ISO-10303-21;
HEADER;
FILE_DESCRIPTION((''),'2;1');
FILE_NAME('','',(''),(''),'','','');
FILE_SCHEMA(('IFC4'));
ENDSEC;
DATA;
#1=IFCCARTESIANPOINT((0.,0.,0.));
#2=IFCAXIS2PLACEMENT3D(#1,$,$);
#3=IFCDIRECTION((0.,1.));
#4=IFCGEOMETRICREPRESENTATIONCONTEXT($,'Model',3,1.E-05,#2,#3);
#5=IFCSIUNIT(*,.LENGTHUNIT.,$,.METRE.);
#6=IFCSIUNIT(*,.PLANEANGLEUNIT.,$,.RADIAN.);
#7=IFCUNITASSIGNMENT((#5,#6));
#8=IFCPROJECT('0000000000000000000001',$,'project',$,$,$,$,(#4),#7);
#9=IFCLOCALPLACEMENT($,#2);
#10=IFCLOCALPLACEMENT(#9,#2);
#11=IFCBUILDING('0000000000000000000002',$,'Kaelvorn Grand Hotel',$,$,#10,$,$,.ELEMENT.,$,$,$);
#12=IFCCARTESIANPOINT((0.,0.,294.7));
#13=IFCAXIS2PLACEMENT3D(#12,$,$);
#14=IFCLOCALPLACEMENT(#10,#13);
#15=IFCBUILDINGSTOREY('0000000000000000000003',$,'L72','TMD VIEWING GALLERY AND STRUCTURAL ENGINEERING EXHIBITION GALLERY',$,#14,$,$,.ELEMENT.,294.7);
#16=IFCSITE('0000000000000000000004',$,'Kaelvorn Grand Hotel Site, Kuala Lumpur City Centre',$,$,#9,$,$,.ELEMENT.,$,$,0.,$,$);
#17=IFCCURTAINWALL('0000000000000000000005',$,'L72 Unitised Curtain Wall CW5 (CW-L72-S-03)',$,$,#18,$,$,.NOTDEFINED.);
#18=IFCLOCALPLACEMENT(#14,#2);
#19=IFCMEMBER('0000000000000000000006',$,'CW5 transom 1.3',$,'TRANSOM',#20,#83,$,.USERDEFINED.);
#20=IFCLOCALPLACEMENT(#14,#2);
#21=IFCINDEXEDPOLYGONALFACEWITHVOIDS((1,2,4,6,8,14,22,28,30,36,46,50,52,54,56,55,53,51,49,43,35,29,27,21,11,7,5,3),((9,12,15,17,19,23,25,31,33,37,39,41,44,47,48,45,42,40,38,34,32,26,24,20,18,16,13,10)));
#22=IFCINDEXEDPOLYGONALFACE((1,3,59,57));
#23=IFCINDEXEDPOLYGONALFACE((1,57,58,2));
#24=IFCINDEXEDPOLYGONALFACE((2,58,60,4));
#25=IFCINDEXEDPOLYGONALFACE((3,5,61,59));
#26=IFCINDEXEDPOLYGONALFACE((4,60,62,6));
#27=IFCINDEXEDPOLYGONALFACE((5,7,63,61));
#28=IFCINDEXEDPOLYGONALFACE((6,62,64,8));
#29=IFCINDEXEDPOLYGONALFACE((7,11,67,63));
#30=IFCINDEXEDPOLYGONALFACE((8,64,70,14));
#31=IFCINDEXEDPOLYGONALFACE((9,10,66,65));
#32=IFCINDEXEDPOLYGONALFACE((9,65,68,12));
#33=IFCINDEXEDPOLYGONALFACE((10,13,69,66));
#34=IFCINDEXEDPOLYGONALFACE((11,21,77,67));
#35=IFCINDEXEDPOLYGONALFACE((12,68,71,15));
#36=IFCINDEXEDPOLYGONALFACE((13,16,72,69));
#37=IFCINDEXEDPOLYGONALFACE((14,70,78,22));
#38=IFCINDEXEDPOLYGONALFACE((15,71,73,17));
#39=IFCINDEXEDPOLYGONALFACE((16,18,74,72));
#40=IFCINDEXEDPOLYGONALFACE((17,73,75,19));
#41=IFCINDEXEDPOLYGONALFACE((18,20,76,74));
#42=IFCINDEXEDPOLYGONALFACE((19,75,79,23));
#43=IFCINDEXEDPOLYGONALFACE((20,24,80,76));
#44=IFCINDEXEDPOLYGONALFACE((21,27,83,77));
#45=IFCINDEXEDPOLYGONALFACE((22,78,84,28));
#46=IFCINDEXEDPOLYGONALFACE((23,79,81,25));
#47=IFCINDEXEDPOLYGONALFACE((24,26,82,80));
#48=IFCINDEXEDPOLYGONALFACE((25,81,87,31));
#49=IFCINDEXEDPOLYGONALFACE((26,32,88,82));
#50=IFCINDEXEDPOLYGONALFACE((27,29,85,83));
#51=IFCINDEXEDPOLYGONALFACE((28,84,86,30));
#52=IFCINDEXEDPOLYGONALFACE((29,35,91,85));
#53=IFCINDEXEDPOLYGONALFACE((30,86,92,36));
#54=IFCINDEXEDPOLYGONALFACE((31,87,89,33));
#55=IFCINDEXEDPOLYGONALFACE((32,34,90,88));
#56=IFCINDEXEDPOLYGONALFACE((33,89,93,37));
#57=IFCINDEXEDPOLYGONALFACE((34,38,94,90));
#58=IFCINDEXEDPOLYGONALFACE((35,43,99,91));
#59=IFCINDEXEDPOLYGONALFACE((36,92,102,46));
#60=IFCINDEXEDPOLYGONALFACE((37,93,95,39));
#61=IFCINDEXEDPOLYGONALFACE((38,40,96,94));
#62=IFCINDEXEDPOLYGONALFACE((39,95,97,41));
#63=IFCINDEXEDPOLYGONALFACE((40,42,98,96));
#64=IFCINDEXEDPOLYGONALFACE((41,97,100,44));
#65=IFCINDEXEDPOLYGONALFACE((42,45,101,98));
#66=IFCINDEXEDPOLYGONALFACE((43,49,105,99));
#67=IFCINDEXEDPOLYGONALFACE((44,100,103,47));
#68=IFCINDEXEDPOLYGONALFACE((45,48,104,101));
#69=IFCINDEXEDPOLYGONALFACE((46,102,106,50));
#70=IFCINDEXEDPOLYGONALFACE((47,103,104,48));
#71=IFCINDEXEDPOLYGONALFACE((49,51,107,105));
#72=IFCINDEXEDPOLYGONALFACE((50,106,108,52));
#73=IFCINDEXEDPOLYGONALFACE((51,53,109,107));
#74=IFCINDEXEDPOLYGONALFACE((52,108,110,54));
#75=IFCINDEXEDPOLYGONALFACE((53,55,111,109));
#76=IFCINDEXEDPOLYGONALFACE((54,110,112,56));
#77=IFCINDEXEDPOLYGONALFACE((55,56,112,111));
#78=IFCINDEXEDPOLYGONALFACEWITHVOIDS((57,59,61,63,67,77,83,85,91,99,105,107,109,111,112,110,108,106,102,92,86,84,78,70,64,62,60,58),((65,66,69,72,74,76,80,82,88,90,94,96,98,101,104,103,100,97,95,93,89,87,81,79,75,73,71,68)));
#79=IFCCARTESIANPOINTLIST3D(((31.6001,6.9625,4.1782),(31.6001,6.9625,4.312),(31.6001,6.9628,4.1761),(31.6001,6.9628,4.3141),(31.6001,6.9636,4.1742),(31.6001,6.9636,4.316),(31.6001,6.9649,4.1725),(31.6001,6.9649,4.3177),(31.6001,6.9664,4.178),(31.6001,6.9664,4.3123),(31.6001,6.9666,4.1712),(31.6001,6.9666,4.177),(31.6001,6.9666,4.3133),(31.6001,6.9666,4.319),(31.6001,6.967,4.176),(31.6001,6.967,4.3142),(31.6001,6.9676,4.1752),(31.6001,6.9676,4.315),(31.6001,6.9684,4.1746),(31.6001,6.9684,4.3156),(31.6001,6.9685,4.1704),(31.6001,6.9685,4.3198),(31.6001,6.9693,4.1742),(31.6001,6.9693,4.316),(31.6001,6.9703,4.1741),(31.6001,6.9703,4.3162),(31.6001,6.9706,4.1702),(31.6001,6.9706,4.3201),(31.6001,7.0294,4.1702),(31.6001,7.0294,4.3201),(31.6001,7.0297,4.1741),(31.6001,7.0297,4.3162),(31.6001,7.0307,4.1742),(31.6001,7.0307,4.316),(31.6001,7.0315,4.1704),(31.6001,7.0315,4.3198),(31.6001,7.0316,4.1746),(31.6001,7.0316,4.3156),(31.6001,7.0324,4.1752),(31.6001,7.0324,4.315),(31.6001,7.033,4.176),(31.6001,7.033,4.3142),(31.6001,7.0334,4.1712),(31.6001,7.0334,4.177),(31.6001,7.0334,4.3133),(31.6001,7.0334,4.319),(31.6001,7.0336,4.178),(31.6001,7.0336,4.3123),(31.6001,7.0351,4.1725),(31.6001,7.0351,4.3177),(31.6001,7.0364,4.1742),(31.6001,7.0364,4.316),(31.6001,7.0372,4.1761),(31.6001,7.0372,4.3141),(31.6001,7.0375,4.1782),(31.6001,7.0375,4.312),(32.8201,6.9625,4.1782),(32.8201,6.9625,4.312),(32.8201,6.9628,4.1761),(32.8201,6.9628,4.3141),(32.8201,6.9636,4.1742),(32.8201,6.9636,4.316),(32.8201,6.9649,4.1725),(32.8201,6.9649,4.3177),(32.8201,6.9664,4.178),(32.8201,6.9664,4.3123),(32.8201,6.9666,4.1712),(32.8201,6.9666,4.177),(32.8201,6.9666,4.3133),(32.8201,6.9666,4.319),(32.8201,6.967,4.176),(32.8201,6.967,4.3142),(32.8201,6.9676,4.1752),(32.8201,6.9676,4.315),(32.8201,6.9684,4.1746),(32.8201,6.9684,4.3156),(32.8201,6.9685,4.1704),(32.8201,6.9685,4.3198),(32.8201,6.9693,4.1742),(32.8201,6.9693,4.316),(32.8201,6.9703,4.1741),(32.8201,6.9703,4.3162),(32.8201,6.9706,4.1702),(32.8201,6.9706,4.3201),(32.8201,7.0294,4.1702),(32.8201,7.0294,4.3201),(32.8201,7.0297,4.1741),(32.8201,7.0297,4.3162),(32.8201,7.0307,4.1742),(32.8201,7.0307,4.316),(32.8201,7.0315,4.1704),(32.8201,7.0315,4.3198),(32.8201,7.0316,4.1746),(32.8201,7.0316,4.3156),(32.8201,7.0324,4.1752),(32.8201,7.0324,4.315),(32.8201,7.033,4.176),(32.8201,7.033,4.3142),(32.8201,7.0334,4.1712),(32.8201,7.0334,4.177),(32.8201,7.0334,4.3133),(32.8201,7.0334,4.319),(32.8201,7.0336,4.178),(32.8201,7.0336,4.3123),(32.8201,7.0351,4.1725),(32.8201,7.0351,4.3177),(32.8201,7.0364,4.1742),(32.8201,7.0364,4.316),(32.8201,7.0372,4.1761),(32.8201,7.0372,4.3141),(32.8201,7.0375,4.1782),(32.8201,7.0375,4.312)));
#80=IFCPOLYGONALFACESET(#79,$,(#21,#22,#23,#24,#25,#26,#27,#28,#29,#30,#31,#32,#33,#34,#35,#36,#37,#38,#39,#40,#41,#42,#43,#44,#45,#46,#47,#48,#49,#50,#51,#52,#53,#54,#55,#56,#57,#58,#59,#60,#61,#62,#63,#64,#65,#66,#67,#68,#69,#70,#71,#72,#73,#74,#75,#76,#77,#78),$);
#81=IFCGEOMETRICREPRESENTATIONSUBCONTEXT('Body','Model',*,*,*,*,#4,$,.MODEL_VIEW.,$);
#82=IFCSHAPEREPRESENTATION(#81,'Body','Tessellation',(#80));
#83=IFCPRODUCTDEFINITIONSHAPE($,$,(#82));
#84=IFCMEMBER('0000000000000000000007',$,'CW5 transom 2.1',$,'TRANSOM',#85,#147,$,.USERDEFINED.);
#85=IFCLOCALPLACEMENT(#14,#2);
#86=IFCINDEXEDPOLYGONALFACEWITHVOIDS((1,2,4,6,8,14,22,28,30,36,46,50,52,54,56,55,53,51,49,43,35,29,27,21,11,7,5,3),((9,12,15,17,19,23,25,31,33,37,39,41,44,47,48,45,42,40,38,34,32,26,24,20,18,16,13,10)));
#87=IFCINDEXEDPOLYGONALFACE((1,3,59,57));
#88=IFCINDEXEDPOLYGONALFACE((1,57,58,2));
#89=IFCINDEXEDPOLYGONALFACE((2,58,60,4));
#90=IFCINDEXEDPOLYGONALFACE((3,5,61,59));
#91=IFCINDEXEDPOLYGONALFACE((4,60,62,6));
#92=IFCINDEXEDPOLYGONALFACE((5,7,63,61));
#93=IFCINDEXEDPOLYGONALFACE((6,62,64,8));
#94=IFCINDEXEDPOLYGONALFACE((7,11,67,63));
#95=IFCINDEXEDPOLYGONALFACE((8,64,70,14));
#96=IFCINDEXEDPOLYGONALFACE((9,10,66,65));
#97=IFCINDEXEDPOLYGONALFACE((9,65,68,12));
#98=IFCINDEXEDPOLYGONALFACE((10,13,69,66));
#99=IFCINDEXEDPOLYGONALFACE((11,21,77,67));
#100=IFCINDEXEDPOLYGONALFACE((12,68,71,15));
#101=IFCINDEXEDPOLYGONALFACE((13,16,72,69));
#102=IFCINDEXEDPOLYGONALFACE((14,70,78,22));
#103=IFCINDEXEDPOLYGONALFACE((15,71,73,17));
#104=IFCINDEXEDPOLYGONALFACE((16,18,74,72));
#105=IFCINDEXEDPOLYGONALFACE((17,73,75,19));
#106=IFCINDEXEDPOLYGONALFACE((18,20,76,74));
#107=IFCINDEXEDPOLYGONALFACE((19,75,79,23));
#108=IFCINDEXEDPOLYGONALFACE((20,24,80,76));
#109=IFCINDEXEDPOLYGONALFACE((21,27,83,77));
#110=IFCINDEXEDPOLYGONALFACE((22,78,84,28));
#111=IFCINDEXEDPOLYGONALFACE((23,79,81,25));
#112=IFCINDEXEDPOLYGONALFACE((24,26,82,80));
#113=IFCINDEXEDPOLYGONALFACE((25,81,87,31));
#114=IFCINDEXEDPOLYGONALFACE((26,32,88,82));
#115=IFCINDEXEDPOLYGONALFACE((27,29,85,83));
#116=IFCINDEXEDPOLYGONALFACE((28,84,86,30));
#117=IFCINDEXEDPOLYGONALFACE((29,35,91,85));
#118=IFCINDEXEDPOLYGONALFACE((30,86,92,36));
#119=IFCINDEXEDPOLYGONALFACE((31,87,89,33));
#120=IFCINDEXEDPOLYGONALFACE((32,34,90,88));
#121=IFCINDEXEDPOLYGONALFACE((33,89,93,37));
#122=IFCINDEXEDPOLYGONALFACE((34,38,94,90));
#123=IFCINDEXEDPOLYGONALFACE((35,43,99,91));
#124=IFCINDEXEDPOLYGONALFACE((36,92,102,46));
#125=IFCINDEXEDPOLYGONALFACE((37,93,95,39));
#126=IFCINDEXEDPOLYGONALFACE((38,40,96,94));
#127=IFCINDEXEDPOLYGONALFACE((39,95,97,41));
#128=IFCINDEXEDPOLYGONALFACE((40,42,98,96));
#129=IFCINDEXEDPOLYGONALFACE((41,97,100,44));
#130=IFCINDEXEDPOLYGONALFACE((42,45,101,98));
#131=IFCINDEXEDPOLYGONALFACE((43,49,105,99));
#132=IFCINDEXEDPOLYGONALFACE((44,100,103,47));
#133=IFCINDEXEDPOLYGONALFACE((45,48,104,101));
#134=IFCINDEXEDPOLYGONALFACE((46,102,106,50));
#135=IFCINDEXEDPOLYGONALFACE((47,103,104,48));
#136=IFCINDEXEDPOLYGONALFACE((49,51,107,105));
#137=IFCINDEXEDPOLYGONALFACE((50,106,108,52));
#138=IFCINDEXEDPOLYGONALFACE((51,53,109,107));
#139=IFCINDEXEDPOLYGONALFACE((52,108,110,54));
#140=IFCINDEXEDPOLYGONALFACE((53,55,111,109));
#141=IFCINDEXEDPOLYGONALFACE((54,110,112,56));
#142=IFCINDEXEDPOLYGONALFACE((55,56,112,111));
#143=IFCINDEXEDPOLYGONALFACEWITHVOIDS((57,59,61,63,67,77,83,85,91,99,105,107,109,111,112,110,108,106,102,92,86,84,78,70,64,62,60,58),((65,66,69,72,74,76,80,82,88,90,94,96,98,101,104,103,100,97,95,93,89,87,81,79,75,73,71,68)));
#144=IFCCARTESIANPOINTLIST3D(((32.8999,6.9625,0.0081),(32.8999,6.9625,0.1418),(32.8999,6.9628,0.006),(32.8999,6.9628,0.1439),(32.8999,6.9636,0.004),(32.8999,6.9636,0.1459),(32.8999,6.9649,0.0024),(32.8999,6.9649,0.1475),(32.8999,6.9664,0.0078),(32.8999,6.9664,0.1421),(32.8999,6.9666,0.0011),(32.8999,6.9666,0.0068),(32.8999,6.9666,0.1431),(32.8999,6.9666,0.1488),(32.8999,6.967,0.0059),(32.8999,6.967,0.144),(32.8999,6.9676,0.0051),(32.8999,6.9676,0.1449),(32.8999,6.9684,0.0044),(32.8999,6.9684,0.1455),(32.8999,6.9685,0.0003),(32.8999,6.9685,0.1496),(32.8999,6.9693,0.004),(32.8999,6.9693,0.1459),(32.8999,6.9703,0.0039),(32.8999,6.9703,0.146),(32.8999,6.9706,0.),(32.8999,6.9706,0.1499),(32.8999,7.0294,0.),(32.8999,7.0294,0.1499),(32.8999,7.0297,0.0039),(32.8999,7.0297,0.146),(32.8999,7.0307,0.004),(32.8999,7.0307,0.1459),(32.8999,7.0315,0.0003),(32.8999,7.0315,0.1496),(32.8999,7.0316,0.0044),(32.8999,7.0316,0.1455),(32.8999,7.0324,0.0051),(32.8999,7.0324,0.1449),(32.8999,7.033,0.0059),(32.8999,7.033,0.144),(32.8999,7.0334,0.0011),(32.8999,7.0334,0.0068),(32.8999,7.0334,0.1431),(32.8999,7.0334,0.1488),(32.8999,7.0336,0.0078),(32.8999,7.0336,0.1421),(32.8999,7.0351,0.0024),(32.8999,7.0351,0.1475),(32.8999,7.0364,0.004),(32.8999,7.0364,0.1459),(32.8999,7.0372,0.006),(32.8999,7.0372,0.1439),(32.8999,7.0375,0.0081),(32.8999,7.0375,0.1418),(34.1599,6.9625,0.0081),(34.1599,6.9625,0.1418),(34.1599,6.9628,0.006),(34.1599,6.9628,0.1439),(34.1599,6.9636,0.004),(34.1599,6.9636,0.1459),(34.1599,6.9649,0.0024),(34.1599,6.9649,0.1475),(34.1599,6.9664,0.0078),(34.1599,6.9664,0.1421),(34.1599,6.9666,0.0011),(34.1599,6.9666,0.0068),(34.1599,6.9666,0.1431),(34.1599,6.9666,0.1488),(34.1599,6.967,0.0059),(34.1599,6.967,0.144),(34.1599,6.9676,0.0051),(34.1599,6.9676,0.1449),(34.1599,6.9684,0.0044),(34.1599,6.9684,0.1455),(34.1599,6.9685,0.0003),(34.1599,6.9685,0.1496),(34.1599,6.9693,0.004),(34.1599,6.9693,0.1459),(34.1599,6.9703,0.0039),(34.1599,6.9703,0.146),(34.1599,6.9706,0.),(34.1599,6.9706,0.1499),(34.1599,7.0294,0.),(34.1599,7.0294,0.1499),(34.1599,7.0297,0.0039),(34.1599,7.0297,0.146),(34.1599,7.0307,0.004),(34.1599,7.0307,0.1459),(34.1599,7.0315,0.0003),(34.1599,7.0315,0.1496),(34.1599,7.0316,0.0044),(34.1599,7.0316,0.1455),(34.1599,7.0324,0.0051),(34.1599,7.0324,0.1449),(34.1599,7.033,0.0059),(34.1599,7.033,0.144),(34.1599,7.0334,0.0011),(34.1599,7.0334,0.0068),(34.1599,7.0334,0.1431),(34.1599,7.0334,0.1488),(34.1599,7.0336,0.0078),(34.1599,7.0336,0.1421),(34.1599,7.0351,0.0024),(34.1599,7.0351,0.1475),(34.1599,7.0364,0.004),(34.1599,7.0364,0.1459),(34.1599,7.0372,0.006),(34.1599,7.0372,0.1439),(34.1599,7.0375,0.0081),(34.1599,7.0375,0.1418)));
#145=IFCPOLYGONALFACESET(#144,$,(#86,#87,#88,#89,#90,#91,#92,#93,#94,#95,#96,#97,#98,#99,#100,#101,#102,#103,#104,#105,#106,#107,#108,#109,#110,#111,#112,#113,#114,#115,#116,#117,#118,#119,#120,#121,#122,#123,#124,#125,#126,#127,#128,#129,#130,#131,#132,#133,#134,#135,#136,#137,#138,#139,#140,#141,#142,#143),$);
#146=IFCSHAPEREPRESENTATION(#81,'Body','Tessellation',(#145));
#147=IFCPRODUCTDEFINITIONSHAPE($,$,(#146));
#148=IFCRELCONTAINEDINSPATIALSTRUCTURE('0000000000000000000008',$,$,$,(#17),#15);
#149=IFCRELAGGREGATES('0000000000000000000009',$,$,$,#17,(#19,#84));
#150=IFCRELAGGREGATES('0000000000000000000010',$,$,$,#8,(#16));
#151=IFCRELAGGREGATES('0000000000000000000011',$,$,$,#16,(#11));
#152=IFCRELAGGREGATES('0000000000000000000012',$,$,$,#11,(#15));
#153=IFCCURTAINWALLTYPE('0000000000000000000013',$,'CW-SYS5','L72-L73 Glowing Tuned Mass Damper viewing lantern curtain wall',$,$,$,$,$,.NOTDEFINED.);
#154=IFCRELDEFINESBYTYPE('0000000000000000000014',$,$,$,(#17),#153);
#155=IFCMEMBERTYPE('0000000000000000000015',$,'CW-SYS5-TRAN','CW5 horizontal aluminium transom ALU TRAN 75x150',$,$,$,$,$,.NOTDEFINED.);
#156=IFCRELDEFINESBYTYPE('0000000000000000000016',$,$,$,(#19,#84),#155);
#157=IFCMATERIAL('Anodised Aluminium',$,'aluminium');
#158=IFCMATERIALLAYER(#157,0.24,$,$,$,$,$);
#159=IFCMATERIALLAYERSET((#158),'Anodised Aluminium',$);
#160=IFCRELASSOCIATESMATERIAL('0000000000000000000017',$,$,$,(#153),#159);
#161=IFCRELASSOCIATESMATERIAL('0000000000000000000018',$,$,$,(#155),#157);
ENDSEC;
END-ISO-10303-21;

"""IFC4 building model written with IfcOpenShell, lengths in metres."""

from ifc_helpers import new_model, si_unit, direction, frame, origin, origin_2d, place, context, subcontext, project, spatial, hollow_rectangle, extrude, material, layer, layer_set, material_profile, profile_set, type_object, element, aggregate, save


model = new_model("IFC4")

# Units and contexts
model_context = context("Model", 3, precision=1e-05, world=origin(), true_north=direction((0.0, 1.0)))
body_context = subcontext(model_context, "Body", "Model", "MODEL_VIEW")
ifc_project = project(units=[si_unit("LENGTHUNIT", "METRE"), si_unit("PLANEANGLEUNIT", "RADIAN")], contexts=[model_context])

# Site, building, storey
site_placement = place(None, origin())
site = spatial("IfcSite", under=ifc_project, at=site_placement, Name="Kaelvorn Grand Hotel Site, Kuala Lumpur City Centre", CompositionType="ELEMENT", RefElevation=0.0)
building_placement = place(site_placement, origin())
building = spatial("IfcBuilding", under=site, at=building_placement, Name="Kaelvorn Grand Hotel", CompositionType="ELEMENT")
storey_placement = place(building_placement, frame((0.0, 0.0, 294.7)))
storey = spatial("IfcBuildingStorey", under=building, at=storey_placement, Name="L72", Description="TMD VIEWING GALLERY AND STRUCTURAL ENGINEERING EXHIBITION GALLERY", CompositionType="ELEMENT", Elevation=294.7)

# Shared definitions
ifc_material_1 = material(Name="Anodised Aluminium", Category="aluminium")
ifc_layer_1 = layer(ifc_material_1, 0.24)
ifc_layer_set_1 = layer_set([ifc_layer_1], Name="Anodised Aluminium")
curtain_wall_type = type_object("IfcCurtainWallType", Name="CW-SYS5", Description="L72-L73 Glowing Tuned Mass Damper viewing lantern curtain wall", PredefinedType="NOTDEFINED", material=ifc_layer_set_1)

# Curtain wall
curtain_wall_1_placement = place(storey_placement, origin())
curtain_wall_1 = element("IfcCurtainWall", 1, at=curtain_wall_1_placement, inside=storey, type_object=curtain_wall_type, Name="L72 Unitised Curtain Wall CW5 (CW-L72-S-03)", PredefinedType="NOTDEFINED")

# Members
ifc_material_profile_1 = material_profile(ifc_material_1, hollow_rectangle(XDim=0.075, YDim=0.1499, WallThickness=0.0039, InnerFilletRadius=0.0039, OuterFilletRadius=0.0081, at=origin_2d()), Name="ALU TRAN 75x150")
ifc_profile_set_1 = profile_set([ifc_material_profile_1], Name="Anodised Aluminium")
member_type_1 = type_object("IfcMemberType", Name="CW-SYS5-TRAN", Description="CW5 horizontal aluminium transom ALU TRAN 75x150", PredefinedType="NOTDEFINED", material=ifc_profile_set_1)
member_1_placement = place(storey_placement, frame((31.6001, 7.0, 4.2451), z_axis=(1.0, 0.0, 0.0), x_axis=(0.0, 1.0, 0.0)))
member_1 = element("IfcMember", 2, at=member_1_placement, type_object=member_type_1, Name="CW5 transom 1.3", ObjectType="TRANSOM", PredefinedType="USERDEFINED", context=body_context, shape_type="SweptSolid", body=[
    extrude(hollow_rectangle(XDim=0.075, YDim=0.1499, WallThickness=0.0039, InnerFilletRadius=0.0039, OuterFilletRadius=0.0081, at=origin_2d()), origin(), (0.0, 0.0, 1.0), 1.22),
])
member_2_placement = place(storey_placement, frame((32.8999, 7.0, 0.075), z_axis=(1.0, 0.0, 0.0), x_axis=(0.0, 1.0, 0.0)))
member_2 = element("IfcMember", 3, at=member_2_placement, type_object=member_type_1, Name="CW5 transom 2.1", ObjectType="TRANSOM", PredefinedType="USERDEFINED", context=body_context, shape_type="SweptSolid", body=[
    extrude(hollow_rectangle(XDim=0.075, YDim=0.1499, WallThickness=0.0039, InnerFilletRadius=0.0039, OuterFilletRadius=0.0081, at=origin_2d()), origin(), (0.0, 0.0, 1.0), 1.26),
])

aggregate(curtain_wall_1, [member_1, member_2])

save(model, "model.ifc")
